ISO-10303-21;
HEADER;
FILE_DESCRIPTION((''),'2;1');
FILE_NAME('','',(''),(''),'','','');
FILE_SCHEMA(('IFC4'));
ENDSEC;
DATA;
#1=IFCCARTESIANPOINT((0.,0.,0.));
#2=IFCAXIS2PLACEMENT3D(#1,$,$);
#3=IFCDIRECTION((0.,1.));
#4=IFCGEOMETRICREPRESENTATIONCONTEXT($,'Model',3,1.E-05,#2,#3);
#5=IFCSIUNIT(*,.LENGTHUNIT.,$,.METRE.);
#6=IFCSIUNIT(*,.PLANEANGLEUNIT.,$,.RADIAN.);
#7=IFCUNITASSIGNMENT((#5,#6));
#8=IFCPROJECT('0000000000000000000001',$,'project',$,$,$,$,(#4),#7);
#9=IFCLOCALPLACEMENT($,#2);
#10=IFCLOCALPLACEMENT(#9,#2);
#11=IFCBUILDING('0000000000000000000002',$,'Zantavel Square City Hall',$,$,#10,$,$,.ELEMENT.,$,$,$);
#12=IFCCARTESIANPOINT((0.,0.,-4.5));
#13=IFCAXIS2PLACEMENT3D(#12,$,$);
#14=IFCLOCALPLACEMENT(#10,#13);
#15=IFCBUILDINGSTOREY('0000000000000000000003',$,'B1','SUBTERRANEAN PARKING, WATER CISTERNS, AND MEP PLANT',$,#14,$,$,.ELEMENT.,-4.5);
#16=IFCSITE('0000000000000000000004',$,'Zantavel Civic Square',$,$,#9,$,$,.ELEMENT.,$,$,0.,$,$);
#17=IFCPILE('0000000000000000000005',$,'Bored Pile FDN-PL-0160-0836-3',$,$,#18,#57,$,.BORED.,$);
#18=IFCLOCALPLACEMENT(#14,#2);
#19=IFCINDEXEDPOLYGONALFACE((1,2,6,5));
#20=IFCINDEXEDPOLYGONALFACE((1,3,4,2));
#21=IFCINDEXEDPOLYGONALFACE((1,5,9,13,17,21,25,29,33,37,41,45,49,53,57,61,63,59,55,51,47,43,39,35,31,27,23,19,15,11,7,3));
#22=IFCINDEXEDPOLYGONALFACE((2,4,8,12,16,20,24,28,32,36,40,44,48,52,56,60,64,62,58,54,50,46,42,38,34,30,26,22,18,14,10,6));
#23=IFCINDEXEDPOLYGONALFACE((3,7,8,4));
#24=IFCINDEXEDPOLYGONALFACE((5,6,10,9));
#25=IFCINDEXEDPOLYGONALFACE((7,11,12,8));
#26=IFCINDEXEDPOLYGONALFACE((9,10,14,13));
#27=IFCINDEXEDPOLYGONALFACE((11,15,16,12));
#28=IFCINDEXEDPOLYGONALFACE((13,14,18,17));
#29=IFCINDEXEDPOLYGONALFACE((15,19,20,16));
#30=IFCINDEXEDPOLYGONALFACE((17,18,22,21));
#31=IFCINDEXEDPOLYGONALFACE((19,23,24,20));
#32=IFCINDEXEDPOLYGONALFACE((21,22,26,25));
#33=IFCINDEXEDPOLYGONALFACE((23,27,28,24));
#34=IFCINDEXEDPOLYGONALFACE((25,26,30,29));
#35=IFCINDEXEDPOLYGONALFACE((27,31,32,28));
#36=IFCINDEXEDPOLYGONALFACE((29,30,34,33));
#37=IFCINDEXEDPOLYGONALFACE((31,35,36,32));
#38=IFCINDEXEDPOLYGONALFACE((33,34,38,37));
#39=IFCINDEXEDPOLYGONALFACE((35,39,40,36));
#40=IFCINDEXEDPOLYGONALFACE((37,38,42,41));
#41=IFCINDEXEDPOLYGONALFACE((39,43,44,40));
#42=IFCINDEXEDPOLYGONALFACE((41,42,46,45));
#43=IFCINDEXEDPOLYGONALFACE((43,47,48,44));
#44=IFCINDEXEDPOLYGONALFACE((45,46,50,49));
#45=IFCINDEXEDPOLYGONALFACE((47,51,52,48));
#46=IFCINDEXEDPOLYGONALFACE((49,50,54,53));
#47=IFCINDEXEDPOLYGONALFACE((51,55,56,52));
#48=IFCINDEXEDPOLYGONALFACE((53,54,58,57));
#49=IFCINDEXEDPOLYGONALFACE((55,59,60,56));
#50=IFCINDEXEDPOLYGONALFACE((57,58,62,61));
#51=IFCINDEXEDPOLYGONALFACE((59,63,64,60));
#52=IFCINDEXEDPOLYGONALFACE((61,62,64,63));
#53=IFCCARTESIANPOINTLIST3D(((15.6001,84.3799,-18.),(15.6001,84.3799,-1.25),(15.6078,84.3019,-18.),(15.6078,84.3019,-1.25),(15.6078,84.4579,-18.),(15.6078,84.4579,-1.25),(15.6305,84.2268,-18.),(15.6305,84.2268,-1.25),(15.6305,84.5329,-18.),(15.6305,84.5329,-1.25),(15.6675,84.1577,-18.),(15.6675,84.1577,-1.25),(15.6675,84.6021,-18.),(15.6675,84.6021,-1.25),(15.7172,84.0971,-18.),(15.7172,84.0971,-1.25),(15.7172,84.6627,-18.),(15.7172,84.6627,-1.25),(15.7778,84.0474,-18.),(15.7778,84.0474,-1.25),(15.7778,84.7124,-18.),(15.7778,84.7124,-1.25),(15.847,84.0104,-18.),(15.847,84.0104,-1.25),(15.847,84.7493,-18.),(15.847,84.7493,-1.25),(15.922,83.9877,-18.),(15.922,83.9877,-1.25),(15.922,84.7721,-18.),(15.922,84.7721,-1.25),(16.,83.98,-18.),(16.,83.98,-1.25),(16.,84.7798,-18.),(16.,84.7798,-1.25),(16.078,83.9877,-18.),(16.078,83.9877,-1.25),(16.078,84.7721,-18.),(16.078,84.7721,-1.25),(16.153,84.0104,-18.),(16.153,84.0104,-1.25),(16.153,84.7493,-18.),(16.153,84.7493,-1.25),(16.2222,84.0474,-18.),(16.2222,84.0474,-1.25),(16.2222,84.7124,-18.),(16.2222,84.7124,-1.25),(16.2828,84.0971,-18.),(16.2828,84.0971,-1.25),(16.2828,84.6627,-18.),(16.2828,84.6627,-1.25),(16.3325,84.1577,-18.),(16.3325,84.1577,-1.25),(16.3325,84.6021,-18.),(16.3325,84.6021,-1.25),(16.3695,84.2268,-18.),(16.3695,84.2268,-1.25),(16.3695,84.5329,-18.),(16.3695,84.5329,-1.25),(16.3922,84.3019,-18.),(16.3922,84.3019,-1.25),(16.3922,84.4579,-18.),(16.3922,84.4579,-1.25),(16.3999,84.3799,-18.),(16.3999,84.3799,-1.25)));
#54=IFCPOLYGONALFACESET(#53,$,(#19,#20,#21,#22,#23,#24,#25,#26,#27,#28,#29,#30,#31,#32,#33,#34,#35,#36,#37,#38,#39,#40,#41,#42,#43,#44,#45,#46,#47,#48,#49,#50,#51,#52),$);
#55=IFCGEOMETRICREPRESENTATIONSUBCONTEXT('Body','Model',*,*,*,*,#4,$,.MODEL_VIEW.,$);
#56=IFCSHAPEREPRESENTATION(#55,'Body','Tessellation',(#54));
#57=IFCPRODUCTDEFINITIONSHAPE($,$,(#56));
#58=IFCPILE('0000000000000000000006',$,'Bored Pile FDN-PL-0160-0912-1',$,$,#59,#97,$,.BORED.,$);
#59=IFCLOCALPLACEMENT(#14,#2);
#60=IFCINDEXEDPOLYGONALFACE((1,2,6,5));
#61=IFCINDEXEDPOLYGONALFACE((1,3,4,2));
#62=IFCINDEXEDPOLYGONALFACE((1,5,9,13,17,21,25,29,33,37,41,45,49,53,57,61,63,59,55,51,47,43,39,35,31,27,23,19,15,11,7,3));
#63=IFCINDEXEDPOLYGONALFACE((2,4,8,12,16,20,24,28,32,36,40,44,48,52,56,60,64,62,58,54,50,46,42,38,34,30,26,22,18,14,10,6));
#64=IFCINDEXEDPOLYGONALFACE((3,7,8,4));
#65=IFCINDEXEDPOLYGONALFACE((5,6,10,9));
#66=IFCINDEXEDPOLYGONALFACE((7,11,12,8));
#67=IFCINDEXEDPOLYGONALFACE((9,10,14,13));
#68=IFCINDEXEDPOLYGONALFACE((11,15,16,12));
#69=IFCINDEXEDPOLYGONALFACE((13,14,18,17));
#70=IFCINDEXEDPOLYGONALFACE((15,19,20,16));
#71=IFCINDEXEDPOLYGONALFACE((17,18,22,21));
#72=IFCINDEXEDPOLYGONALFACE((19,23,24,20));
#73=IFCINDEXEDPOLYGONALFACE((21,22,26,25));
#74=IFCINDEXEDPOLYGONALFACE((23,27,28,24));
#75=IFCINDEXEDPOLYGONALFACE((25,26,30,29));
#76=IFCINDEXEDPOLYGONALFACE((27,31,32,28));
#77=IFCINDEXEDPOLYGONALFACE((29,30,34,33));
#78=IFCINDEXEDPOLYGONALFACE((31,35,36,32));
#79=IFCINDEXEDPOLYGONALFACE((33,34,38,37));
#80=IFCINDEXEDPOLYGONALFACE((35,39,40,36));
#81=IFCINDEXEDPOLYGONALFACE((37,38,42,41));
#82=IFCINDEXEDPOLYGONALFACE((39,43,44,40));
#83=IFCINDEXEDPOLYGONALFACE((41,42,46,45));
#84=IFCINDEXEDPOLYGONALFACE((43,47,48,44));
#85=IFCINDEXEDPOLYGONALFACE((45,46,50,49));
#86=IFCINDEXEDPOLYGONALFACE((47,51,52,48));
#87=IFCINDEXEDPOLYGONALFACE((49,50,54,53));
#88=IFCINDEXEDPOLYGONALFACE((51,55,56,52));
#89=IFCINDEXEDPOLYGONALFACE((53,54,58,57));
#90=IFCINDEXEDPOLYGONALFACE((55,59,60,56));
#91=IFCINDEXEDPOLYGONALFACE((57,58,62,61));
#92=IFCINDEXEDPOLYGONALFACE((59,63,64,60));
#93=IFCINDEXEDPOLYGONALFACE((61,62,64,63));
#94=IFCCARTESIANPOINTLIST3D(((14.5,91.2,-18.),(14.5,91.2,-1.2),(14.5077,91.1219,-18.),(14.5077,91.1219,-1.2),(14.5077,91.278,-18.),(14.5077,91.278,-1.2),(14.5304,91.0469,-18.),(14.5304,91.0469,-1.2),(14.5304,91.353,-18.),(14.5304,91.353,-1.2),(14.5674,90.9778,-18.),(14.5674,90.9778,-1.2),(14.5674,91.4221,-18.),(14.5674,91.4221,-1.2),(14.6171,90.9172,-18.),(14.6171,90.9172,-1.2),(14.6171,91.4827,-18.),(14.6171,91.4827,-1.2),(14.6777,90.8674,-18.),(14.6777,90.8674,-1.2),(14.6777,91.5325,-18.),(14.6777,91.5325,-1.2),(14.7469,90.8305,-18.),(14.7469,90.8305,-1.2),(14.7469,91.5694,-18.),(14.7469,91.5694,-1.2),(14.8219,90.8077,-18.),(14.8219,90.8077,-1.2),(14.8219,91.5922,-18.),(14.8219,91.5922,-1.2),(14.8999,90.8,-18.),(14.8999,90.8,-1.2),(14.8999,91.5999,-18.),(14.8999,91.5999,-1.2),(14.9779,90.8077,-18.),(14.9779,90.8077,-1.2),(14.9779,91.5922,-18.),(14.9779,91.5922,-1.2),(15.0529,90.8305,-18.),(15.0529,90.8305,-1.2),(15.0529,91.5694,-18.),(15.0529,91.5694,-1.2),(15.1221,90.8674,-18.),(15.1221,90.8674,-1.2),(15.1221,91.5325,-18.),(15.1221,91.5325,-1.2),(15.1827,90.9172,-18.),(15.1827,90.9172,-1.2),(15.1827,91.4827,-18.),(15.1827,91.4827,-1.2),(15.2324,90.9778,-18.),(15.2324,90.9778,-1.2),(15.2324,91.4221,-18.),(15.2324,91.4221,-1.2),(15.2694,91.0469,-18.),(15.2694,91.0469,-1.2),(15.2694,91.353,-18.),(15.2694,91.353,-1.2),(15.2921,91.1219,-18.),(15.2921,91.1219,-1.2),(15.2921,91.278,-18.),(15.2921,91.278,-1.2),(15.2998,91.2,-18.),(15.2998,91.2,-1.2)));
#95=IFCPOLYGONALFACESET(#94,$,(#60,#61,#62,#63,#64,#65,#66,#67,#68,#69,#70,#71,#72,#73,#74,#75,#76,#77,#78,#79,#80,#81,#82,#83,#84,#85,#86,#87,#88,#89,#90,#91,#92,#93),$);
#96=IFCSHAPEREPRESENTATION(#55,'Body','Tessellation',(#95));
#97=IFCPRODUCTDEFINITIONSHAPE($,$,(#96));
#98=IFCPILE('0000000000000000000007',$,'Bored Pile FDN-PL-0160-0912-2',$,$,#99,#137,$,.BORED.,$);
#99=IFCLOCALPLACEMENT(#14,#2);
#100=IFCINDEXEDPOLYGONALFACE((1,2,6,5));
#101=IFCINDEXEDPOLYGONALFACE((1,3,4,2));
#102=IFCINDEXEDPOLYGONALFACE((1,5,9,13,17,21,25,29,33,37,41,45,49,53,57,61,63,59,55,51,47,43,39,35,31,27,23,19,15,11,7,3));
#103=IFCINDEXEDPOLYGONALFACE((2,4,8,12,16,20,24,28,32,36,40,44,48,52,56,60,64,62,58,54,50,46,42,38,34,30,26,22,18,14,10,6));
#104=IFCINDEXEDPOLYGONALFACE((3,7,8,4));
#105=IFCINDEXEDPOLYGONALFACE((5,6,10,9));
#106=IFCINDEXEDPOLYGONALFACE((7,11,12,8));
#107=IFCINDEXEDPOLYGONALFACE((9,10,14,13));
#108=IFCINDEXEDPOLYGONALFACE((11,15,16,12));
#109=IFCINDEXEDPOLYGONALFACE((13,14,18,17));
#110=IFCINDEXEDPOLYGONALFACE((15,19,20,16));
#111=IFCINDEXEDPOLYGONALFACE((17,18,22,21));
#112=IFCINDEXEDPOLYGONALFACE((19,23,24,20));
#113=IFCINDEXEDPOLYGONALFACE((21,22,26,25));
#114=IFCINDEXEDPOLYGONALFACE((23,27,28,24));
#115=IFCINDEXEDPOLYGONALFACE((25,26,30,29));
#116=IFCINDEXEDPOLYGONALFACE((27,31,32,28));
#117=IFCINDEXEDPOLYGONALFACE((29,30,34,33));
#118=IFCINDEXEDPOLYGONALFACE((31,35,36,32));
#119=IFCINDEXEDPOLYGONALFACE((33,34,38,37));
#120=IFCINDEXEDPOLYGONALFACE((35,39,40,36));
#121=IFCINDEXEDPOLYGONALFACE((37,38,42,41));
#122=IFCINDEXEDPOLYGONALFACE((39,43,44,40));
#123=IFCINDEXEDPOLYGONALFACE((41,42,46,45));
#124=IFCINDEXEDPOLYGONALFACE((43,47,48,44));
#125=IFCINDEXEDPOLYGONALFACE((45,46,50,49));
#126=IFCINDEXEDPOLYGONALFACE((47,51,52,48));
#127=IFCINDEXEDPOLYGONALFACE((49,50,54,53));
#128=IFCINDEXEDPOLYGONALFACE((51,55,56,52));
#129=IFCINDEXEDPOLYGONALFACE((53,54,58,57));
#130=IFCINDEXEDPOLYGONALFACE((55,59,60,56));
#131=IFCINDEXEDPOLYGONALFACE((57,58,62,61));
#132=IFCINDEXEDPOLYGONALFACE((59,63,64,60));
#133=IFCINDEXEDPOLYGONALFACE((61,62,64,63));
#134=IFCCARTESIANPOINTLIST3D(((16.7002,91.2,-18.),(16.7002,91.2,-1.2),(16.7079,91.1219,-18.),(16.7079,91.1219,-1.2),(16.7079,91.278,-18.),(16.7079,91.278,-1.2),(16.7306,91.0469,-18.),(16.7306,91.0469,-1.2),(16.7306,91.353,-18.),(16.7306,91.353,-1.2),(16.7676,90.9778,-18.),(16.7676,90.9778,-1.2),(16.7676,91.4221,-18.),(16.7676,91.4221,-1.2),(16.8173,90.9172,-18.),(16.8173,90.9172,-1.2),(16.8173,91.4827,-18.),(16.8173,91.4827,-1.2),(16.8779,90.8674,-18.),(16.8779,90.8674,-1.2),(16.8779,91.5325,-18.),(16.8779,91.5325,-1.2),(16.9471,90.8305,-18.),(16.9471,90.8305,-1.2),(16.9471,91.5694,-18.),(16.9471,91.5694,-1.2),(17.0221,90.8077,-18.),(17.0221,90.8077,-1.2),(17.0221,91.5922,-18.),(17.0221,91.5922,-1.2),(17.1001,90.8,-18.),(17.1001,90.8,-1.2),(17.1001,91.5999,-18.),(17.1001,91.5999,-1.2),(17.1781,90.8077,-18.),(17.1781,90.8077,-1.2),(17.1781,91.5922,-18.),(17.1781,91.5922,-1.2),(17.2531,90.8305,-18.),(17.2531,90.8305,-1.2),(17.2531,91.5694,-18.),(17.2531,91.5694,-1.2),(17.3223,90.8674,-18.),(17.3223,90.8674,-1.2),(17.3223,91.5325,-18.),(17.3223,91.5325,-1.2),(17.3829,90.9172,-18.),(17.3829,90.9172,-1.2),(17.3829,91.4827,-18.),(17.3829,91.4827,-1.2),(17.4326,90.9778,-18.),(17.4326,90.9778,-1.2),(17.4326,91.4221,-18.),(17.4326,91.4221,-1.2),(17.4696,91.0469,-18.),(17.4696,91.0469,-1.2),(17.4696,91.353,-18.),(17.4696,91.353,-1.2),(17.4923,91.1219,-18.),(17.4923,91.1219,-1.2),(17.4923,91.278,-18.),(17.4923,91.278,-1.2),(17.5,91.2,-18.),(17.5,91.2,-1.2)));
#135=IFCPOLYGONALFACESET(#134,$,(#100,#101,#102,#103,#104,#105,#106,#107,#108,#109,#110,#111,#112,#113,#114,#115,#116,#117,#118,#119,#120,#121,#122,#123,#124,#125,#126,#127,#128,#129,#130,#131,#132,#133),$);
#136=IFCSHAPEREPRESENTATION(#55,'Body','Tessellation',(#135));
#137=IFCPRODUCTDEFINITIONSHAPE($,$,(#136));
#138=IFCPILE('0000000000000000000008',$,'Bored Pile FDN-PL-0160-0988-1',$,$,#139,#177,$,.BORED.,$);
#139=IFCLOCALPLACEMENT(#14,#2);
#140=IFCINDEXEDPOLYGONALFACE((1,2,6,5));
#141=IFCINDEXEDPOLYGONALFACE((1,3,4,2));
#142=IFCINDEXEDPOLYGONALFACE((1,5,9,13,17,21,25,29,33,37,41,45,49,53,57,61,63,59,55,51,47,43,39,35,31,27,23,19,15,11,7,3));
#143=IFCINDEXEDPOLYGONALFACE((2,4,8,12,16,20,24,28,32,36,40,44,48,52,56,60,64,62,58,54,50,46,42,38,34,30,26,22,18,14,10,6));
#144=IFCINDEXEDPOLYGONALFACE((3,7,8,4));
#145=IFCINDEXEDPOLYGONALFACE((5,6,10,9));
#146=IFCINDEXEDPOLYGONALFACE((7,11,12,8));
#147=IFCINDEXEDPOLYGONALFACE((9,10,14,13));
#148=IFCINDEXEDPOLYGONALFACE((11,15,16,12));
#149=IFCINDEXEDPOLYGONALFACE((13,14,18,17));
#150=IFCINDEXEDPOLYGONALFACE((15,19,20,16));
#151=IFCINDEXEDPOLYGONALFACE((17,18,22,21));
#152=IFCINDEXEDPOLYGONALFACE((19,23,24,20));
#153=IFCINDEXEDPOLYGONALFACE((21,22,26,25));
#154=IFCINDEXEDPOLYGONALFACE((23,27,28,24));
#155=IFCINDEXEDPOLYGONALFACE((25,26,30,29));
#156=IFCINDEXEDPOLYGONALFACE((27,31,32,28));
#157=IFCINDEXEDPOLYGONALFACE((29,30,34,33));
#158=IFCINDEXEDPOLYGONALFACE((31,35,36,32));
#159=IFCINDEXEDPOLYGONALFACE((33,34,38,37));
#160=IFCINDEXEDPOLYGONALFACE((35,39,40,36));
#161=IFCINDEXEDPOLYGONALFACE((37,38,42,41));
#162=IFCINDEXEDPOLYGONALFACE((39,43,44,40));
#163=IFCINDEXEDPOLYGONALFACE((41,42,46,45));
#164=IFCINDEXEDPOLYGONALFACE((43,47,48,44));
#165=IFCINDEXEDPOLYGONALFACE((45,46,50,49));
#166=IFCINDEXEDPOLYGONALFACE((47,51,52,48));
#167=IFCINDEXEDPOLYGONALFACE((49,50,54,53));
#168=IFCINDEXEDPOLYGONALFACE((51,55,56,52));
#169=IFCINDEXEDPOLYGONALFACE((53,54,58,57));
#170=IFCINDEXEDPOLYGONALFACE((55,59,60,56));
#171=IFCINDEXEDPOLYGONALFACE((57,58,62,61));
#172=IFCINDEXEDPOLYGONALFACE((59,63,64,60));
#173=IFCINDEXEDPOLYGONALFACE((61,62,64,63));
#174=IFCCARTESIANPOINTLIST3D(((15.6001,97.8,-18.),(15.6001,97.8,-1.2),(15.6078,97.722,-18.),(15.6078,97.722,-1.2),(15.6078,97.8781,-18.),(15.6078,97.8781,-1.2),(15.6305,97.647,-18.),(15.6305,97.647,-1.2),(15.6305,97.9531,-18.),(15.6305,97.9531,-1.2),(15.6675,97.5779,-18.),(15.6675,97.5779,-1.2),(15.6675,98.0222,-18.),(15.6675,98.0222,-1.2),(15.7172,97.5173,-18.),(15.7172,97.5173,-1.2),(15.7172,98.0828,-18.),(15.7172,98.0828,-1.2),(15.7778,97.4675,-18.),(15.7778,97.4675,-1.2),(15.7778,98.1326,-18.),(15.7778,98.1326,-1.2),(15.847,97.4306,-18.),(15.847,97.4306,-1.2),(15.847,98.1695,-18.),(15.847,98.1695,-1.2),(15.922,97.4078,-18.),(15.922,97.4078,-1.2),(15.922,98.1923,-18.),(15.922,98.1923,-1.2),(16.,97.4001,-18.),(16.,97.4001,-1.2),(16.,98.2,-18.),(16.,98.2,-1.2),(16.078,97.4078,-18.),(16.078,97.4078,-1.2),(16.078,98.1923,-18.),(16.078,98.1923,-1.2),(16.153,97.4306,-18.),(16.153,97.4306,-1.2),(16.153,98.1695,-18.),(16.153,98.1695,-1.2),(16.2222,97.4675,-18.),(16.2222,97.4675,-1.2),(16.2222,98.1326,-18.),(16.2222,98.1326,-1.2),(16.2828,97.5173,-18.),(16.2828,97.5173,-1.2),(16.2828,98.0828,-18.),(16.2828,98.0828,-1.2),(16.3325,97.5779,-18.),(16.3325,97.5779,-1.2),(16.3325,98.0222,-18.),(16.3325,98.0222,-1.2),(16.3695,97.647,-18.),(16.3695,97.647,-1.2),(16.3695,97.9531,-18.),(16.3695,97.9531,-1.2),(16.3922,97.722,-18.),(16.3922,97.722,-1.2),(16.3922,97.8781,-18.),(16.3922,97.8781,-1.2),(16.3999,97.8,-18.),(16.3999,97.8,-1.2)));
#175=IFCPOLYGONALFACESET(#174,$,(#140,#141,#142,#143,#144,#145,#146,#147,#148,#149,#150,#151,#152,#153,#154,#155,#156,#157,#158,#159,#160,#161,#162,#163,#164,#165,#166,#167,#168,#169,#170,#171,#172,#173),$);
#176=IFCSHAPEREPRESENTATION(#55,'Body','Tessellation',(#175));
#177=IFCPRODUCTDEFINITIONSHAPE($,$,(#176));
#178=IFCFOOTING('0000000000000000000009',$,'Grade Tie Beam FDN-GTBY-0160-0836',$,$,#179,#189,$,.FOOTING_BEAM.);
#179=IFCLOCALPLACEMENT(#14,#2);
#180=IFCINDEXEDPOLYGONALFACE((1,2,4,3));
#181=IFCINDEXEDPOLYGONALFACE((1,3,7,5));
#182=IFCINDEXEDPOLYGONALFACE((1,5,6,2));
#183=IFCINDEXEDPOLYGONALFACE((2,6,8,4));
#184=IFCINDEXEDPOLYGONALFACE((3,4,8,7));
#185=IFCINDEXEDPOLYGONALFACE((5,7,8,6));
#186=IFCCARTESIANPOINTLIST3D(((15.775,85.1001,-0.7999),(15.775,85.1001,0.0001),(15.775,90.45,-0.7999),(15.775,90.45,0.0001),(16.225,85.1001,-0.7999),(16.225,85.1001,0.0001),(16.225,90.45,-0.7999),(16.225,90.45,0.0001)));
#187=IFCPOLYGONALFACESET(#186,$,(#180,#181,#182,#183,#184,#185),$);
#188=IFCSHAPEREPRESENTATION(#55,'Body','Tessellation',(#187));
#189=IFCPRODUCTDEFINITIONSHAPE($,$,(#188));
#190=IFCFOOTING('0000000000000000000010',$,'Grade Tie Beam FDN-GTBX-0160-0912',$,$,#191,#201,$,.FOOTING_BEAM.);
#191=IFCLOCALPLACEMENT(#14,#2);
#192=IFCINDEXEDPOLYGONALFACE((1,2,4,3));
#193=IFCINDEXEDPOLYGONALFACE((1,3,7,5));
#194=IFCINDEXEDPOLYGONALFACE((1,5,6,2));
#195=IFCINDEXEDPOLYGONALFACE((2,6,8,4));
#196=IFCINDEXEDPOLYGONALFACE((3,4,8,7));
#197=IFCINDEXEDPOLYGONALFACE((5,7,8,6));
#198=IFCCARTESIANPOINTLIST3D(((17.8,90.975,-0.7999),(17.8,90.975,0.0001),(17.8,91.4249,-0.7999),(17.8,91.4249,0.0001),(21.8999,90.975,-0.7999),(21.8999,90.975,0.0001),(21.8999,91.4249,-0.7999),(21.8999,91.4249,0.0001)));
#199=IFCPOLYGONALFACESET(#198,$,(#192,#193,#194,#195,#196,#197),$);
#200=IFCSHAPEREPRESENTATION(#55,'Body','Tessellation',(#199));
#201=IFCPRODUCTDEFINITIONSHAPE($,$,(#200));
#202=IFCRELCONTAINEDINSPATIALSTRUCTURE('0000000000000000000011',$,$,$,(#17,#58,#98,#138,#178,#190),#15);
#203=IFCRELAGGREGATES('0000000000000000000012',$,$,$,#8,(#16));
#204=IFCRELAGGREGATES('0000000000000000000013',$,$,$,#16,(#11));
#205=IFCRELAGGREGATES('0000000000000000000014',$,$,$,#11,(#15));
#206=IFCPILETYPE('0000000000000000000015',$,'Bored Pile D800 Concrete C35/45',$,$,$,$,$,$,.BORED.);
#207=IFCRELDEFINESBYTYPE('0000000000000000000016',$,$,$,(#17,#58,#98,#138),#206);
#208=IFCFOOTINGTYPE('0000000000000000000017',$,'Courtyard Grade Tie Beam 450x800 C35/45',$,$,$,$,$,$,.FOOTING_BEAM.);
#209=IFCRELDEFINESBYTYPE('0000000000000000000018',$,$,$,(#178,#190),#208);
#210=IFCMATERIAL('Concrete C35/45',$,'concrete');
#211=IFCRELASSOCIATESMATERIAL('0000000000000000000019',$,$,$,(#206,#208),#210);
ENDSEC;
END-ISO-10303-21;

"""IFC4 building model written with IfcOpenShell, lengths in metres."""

from ifc_helpers import new_model, si_unit, direction, frame, origin, origin_2d, place, context, subcontext, project, spatial, rectangle, circle, extrude, material, material_profile, profile_set, type_object, element, save


model = new_model("IFC4")

# Units and contexts
model_context = context("Model", 3, precision=1e-05, world=origin(), true_north=direction((0.0, 1.0)))
body_context = subcontext(model_context, "Body", "Model", "MODEL_VIEW")
ifc_project = project(units=[si_unit("LENGTHUNIT", "METRE"), si_unit("PLANEANGLEUNIT", "RADIAN")], contexts=[model_context])

# Site, building, storey
site_placement = place(None, origin())
site = spatial("IfcSite", under=ifc_project, at=site_placement, Name="Zantavel Civic Square", CompositionType="ELEMENT", RefElevation=0.0)
building_placement = place(site_placement, origin())
building = spatial("IfcBuilding", under=site, at=building_placement, Name="Zantavel Square City Hall", CompositionType="ELEMENT")
storey_placement = place(building_placement, frame((0.0, 0.0, -4.5)))
storey = spatial("IfcBuildingStorey", under=building, at=storey_placement, Name="B1", Description="SUBTERRANEAN PARKING, WATER CISTERNS, AND MEP PLANT", CompositionType="ELEMENT", Elevation=-4.5)

# Piles
ifc_material_1 = material(Name="Concrete C35/45", Category="concrete")
ifc_material_profile_1 = material_profile(ifc_material_1, circle(Radius=0.3999, at=origin_2d()), Name="PILE D800")
ifc_profile_set_1 = profile_set([ifc_material_profile_1], Name="Concrete C35/45")
pile_type_1 = type_object("IfcPileType", Name="Bored Pile D800 Concrete C35/45", PredefinedType="BORED", material=ifc_profile_set_1)
pile_placement = place(storey_placement, frame((16.0, 84.3799, -1.25), z_axis=(0.0, 0.0, -1.0), x_axis=(1.0, 0.0, 0.0)))
element("IfcPile", 1, at=pile_placement, inside=storey, type_object=pile_type_1, Name="Bored Pile FDN-PL-0160-0836-3", PredefinedType="BORED", context=body_context, shape_type="SweptSolid", body=[
    extrude(circle(Radius=0.3999, at=origin_2d()), origin(), (0.0, 0.0, 1.0), 16.75),
])
for number, where, z_axis, x_axis, name in (
    (2, (14.8999, 91.2, -1.2), (0.0, 0.0, -1.0), (1.0, 0.0, 0.0), "Bored Pile FDN-PL-0160-0912-1"),
    (3, (17.1001, 91.2, -1.2), (0.0, 0.0, -1.0), (1.0, 0.0, 0.0), "Bored Pile FDN-PL-0160-0912-2"),
    (4, (16.0, 97.8, -1.2), (0.0, 0.0, -1.0), (1.0, 0.0, 0.0), "Bored Pile FDN-PL-0160-0988-1"),
):
    element("IfcPile", number, at=place(storey_placement, frame(where, z_axis=z_axis, x_axis=x_axis)), inside=storey, type_object=pile_type_1, Name=name, PredefinedType="BORED", context=body_context, shape_type="SweptSolid", body=[
        extrude(circle(Radius=0.3999, at=origin_2d()), origin(), (0.0, 0.0, 1.0), 16.8),
    ])

# Footings
ifc_material_profile_2 = material_profile(ifc_material_1, rectangle(XDim=0.45, YDim=0.8, at=origin_2d()), Name="RC 450x800")
ifc_profile_set_2 = profile_set([ifc_material_profile_2], Name="Concrete C35/45")
footing_type_1 = type_object("IfcFootingType", Name="Courtyard Grade Tie Beam 450x800 C35/45", PredefinedType="FOOTING_BEAM", material=ifc_profile_set_2)
footing_1_placement = place(storey_placement, frame((16.0, 85.1001, -0.3999), z_axis=(0.0, 1.0, 0.0), x_axis=(-1.0, 0.0, 0.0)))
element("IfcFooting", 5, at=footing_1_placement, inside=storey, type_object=footing_type_1, Name="Grade Tie Beam FDN-GTBY-0160-0836", PredefinedType="FOOTING_BEAM", context=body_context, shape_type="SweptSolid", body=[
    extrude(rectangle(XDim=0.45, YDim=0.8, at=origin_2d()), origin(), (0.0, 0.0, 1.0), 5.3499),
])
footing_2_placement = place(storey_placement, frame((17.8, 91.2, -0.3999), z_axis=(1.0, 0.0, 0.0), x_axis=(0.0, 1.0, 0.0)))
element("IfcFooting", 6, at=footing_2_placement, inside=storey, type_object=footing_type_1, Name="Grade Tie Beam FDN-GTBX-0160-0912", PredefinedType="FOOTING_BEAM", context=body_context, shape_type="SweptSolid", body=[
    extrude(rectangle(XDim=0.45, YDim=0.8, at=origin_2d()), origin(), (0.0, 0.0, 1.0), 4.0999),
])

save(model, "model.ifc")
